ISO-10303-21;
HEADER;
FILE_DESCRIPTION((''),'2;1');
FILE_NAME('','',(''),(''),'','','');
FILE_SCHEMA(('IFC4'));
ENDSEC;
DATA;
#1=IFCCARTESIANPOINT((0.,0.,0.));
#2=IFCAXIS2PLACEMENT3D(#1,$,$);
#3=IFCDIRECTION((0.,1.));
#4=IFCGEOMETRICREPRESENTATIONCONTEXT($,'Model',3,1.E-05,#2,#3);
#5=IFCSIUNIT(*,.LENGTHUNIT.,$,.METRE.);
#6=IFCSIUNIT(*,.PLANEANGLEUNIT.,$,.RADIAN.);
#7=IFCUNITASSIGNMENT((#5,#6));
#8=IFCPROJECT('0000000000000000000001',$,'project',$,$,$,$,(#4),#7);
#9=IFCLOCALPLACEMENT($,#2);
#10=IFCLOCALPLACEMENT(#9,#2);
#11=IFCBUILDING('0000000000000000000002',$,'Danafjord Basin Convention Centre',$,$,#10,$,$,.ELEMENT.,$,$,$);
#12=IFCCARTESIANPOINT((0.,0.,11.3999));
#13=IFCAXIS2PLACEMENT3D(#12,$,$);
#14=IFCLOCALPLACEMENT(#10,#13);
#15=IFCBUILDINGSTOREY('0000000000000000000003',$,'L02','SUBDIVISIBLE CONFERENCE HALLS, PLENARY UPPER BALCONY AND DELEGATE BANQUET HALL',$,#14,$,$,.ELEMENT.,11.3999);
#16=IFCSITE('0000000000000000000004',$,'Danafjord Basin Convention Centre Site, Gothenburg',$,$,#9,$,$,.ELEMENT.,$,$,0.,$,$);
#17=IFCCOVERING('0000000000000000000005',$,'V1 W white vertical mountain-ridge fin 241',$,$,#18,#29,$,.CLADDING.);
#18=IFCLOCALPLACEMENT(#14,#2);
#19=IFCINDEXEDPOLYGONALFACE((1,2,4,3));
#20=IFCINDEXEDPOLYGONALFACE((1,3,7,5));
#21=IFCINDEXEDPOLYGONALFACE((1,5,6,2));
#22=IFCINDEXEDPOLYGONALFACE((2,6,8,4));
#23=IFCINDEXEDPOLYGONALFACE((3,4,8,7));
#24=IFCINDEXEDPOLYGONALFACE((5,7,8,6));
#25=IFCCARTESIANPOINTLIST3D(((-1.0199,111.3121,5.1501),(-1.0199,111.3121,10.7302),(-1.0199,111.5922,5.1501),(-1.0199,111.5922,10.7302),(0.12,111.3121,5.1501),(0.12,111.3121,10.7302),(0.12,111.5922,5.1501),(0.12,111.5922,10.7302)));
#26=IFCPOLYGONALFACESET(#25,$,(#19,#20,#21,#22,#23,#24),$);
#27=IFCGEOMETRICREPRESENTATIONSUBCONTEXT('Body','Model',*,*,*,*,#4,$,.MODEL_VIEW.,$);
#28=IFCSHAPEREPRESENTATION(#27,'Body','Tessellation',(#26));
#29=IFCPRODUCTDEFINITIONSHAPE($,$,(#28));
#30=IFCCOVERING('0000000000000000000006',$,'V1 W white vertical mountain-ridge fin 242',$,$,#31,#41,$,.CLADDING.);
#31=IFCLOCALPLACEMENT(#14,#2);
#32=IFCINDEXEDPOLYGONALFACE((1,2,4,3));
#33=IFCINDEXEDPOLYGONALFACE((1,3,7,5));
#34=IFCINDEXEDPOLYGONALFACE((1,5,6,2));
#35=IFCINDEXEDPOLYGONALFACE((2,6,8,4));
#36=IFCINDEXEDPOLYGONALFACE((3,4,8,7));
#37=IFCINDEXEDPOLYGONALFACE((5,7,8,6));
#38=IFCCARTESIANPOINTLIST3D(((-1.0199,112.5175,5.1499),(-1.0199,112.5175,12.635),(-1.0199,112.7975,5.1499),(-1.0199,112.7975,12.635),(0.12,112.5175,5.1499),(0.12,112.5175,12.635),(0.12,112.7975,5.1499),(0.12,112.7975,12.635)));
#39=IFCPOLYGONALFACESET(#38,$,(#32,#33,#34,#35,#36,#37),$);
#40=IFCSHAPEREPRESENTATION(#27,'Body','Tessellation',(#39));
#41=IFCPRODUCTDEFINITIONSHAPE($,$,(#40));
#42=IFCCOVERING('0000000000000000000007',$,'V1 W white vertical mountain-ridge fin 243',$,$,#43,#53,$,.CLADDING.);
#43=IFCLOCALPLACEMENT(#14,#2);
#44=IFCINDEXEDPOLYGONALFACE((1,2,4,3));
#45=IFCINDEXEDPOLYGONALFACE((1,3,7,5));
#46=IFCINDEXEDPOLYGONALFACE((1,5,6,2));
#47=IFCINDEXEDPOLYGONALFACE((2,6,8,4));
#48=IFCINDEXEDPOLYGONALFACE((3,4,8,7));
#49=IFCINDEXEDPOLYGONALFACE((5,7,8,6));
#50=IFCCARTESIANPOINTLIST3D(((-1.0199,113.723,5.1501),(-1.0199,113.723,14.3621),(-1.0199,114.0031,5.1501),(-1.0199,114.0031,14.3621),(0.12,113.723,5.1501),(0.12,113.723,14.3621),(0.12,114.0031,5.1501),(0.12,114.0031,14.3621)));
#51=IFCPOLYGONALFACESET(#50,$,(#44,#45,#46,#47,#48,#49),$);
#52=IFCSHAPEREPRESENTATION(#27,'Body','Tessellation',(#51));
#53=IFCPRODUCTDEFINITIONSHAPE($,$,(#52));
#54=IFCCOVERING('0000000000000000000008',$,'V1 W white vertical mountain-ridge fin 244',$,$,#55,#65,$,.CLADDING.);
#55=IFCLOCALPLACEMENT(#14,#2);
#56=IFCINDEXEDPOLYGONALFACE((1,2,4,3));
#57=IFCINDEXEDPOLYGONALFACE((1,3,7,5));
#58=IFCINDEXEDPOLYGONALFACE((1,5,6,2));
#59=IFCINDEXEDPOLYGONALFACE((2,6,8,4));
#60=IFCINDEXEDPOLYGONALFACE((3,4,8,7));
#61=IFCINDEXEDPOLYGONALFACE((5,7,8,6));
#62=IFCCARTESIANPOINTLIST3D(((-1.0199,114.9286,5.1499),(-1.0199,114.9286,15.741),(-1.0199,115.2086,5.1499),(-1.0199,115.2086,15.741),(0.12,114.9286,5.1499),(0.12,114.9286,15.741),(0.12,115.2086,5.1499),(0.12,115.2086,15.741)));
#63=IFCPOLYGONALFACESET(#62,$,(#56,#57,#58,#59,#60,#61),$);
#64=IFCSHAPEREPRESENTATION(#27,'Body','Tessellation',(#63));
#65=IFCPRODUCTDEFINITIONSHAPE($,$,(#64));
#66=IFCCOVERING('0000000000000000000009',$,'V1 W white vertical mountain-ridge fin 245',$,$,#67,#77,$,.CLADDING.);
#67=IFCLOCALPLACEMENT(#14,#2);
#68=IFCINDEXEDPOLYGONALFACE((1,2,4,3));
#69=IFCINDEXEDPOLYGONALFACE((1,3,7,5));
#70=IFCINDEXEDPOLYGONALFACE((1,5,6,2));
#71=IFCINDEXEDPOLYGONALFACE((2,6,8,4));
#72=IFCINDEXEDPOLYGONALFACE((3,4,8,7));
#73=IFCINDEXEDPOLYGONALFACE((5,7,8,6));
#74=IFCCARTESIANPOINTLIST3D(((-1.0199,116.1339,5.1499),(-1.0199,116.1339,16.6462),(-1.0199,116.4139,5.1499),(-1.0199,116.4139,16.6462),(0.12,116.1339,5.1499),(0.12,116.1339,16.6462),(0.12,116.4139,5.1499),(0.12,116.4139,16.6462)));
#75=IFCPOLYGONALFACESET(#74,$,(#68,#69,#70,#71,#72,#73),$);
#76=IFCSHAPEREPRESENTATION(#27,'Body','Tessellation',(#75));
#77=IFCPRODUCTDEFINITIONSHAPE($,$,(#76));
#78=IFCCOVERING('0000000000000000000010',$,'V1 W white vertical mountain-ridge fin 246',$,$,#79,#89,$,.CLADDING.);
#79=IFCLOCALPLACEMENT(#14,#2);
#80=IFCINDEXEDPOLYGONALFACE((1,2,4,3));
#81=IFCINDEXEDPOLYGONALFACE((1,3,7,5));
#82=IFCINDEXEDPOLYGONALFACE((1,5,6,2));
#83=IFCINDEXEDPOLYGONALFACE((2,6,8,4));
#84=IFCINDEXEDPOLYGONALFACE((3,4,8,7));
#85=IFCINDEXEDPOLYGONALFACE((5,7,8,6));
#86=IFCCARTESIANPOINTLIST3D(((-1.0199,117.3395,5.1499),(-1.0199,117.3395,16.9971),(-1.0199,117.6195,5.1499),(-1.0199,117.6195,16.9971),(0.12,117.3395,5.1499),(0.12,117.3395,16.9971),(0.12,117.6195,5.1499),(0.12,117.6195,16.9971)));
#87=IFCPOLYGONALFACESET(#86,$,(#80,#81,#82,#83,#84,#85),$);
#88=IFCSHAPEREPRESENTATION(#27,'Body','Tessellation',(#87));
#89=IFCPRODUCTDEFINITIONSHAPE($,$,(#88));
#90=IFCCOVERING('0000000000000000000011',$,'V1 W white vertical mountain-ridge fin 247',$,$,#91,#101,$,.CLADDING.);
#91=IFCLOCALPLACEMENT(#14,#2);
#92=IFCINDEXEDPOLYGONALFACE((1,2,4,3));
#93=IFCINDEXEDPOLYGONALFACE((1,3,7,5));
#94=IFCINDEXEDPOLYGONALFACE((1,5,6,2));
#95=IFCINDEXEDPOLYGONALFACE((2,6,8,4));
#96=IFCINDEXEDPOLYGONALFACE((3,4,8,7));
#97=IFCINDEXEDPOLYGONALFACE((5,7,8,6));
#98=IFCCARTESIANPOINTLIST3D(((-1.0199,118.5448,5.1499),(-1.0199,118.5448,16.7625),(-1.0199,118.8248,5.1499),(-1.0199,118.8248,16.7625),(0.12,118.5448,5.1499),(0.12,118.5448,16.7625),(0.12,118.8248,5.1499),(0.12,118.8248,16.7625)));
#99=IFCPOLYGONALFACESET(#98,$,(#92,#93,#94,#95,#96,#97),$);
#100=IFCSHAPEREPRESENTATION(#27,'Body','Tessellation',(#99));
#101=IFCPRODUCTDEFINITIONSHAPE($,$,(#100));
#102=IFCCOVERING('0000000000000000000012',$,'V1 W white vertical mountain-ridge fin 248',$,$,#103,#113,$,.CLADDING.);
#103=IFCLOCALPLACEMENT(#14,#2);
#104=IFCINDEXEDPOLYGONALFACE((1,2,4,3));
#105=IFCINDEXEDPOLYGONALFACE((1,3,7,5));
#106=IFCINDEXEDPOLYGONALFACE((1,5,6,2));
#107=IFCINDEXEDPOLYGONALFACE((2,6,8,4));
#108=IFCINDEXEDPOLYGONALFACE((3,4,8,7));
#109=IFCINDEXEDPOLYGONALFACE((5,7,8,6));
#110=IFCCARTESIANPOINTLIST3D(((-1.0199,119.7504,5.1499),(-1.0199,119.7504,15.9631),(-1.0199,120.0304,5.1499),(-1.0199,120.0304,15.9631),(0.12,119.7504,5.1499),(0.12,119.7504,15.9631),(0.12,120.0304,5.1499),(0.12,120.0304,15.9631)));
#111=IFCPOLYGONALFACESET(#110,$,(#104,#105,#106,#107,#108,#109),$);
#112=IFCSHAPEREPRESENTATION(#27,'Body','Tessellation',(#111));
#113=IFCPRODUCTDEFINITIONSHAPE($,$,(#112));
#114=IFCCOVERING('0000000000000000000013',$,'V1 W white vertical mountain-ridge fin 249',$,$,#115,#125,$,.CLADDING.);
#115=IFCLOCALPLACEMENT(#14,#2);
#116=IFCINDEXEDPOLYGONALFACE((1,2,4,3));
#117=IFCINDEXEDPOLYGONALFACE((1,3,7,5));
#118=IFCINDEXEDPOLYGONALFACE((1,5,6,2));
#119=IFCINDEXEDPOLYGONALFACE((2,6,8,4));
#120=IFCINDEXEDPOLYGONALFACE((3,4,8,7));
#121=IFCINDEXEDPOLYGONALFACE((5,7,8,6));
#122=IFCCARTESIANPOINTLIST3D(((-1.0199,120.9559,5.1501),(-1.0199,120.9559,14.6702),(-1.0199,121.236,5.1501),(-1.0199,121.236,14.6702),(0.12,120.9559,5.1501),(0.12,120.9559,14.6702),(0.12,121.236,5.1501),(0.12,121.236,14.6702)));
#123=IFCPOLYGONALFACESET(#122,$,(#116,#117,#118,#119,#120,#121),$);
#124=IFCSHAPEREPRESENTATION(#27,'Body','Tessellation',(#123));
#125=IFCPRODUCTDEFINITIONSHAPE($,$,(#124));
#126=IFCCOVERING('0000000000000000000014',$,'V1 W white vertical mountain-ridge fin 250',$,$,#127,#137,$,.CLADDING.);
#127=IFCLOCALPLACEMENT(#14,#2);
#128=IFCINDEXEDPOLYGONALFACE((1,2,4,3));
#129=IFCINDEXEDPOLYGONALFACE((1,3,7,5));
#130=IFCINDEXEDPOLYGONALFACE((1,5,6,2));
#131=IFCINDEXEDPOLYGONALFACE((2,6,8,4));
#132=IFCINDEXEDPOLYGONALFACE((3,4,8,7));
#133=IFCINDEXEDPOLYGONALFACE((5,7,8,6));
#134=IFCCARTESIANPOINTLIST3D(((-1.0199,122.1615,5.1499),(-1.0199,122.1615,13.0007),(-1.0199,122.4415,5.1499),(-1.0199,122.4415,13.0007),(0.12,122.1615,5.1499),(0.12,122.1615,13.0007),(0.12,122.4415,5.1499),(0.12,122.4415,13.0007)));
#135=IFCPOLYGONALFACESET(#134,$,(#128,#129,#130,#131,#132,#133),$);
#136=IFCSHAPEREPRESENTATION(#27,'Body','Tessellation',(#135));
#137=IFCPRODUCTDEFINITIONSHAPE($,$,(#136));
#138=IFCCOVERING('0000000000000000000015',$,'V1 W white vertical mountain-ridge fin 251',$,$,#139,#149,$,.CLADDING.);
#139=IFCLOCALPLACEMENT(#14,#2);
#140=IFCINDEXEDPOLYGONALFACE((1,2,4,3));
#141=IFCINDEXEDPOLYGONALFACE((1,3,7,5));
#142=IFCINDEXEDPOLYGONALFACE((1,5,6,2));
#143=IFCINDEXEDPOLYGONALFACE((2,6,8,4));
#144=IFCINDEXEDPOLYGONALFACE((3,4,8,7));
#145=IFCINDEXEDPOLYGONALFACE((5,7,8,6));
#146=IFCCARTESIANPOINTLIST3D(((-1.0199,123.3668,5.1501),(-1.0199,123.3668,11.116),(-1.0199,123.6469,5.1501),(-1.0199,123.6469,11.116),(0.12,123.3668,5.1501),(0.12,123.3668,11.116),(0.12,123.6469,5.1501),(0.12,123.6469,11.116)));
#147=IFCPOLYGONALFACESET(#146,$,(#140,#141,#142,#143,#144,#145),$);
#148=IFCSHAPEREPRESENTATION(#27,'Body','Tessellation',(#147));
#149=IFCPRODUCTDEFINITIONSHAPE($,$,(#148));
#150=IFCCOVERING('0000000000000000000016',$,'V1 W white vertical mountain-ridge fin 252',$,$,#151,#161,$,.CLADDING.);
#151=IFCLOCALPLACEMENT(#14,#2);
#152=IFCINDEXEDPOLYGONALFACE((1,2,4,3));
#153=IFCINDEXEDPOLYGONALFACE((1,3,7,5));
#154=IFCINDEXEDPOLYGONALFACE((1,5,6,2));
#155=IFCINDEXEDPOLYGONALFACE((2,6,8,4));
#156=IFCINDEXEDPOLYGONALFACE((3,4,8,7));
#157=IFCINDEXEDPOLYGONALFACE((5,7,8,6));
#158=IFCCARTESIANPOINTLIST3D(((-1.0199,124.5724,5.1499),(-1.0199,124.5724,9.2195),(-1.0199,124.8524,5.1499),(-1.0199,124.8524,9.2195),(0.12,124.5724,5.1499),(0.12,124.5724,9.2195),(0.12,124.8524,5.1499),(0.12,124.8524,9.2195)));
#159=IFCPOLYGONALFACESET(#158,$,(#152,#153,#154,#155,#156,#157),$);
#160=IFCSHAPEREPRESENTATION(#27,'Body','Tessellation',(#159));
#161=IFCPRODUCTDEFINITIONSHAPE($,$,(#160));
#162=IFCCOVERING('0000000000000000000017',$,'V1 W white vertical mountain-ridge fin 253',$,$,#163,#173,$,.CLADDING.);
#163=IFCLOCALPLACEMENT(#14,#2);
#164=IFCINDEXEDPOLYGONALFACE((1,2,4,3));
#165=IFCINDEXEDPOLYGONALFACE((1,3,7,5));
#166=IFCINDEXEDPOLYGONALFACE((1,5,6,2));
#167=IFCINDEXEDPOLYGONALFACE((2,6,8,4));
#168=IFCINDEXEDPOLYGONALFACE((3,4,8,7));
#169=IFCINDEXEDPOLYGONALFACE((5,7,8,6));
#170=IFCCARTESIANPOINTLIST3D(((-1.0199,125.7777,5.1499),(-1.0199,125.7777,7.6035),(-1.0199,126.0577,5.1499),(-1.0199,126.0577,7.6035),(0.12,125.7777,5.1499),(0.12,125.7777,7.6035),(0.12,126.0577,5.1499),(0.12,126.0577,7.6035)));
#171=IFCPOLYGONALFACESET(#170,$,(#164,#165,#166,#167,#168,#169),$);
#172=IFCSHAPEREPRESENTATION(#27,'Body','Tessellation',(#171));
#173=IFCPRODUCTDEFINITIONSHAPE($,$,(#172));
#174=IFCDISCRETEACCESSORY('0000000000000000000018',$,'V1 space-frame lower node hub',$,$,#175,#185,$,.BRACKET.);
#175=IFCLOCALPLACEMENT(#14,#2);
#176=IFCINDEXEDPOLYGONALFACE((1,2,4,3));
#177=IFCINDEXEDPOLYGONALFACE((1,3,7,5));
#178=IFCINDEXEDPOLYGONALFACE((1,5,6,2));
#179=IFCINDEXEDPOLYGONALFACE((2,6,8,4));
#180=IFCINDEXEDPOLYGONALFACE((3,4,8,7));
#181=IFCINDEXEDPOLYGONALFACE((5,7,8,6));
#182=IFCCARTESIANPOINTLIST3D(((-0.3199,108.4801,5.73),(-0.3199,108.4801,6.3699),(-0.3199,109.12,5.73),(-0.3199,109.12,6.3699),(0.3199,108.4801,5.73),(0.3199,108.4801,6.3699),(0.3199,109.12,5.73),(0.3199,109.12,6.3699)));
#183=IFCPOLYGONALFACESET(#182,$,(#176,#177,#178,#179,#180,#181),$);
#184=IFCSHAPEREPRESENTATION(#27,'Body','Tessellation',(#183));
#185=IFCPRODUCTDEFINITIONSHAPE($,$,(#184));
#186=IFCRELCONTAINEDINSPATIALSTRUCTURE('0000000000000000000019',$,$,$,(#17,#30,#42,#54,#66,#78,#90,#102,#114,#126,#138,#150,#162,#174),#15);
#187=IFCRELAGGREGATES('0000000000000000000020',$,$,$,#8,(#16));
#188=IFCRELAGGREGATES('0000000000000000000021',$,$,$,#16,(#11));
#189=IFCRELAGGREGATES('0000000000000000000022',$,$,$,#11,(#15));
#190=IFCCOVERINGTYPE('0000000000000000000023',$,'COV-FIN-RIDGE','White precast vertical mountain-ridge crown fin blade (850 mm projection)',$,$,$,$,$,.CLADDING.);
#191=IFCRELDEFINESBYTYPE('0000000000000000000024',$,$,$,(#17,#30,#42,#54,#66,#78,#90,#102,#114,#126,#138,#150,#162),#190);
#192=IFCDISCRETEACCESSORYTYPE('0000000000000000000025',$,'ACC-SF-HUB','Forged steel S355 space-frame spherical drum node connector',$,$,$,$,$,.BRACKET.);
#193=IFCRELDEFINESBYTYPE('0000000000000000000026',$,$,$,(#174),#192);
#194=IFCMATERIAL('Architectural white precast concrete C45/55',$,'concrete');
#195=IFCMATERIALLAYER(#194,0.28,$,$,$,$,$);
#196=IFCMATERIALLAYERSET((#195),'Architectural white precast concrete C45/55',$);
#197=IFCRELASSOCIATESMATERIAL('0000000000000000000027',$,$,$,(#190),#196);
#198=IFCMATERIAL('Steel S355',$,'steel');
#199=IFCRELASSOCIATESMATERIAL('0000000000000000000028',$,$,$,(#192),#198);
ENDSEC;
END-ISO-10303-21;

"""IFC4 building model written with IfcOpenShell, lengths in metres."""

from ifc_helpers import new_model, si_unit, direction, frame, origin, origin_2d, place, context, subcontext, project, spatial, rectangle, extrude, material, layer, layer_set, type_object, element, save


model = new_model("IFC4")

# Units and contexts
model_context = context("Model", 3, precision=1e-05, world=origin(), true_north=direction((0.0, 1.0)))
body_context = subcontext(model_context, "Body", "Model", "MODEL_VIEW")
ifc_project = project(units=[si_unit("LENGTHUNIT", "METRE"), si_unit("PLANEANGLEUNIT", "RADIAN")], contexts=[model_context])

# Site, building, storey
site_placement = place(None, origin())
site = spatial("IfcSite", under=ifc_project, at=site_placement, Name="Danafjord Basin Convention Centre Site, Gothenburg", CompositionType="ELEMENT", RefElevation=0.0)
building_placement = place(site_placement, origin())
building = spatial("IfcBuilding", under=site, at=building_placement, Name="Danafjord Basin Convention Centre", CompositionType="ELEMENT")
storey_placement = place(building_placement, frame((0.0, 0.0, 11.3999)))
storey = spatial("IfcBuildingStorey", under=building, at=storey_placement, Name="L02", Description="SUBDIVISIBLE CONFERENCE HALLS, PLENARY UPPER BALCONY AND DELEGATE BANQUET HALL", CompositionType="ELEMENT", Elevation=11.3999)

# Shared definitions
ifc_material_1 = material(Name="Steel S355", Category="steel")

# Coverings
ifc_material_2 = material(Name="Architectural white precast concrete C45/55", Category="concrete")
ifc_layer = layer(ifc_material_2, 0.28)
ifc_layer_set = layer_set([ifc_layer], Name="Architectural white precast concrete C45/55")
covering_type = type_object("IfcCoveringType", Name="COV-FIN-RIDGE", Description="White precast vertical mountain-ridge crown fin blade (850 mm projection)", PredefinedType="CLADDING", material=ifc_layer_set)
covering_1_placement = place(storey_placement, frame((-0.45, 111.4521, 5.1501), z_axis=(0.0, 0.0, 1.0), x_axis=(1.0, 0.0, 0.0)))
element("IfcCovering", 1, at=covering_1_placement, inside=storey, type_object=covering_type, Name="V1 W white vertical mountain-ridge fin 241", PredefinedType="CLADDING", context=body_context, shape_type="SweptSolid", body=[
    extrude(rectangle(XDim=1.1399, YDim=0.28, at=origin_2d()), origin(), (0.0, 0.0, 1.0), 5.5801),
])
covering_2_placement = place(storey_placement, frame((-0.45, 112.6575, 5.1499), z_axis=(0.0, 0.0, 1.0), x_axis=(1.0, 0.0, 0.0)))
element("IfcCovering", 2, at=covering_2_placement, inside=storey, type_object=covering_type, Name="V1 W white vertical mountain-ridge fin 242", PredefinedType="CLADDING", context=body_context, shape_type="SweptSolid", body=[
    extrude(rectangle(XDim=1.1399, YDim=0.28, at=origin_2d()), origin(), (0.0, 0.0, 1.0), 7.4851),
])
covering_3_placement = place(storey_placement, frame((-0.45, 113.863, 5.1501), z_axis=(0.0, 0.0, 1.0), x_axis=(1.0, 0.0, 0.0)))
element("IfcCovering", 3, at=covering_3_placement, inside=storey, type_object=covering_type, Name="V1 W white vertical mountain-ridge fin 243", PredefinedType="CLADDING", context=body_context, shape_type="SweptSolid", body=[
    extrude(rectangle(XDim=1.1399, YDim=0.28, at=origin_2d()), origin(), (0.0, 0.0, 1.0), 9.2119),
])
covering_4_placement = place(storey_placement, frame((-0.45, 115.0686, 5.1499), z_axis=(0.0, 0.0, 1.0), x_axis=(1.0, 0.0, 0.0)))
element("IfcCovering", 4, at=covering_4_placement, inside=storey, type_object=covering_type, Name="V1 W white vertical mountain-ridge fin 244", PredefinedType="CLADDING", context=body_context, shape_type="SweptSolid", body=[
    extrude(rectangle(XDim=1.1399, YDim=0.28, at=origin_2d()), origin(), (0.0, 0.0, 1.0), 10.5911),
])
covering_5_placement = place(storey_placement, frame((-0.45, 116.2739, 5.1499), z_axis=(0.0, 0.0, 1.0), x_axis=(1.0, 0.0, 0.0)))
element("IfcCovering", 5, at=covering_5_placement, inside=storey, type_object=covering_type, Name="V1 W white vertical mountain-ridge fin 245", PredefinedType="CLADDING", context=body_context, shape_type="SweptSolid", body=[
    extrude(rectangle(XDim=1.1399, YDim=0.28, at=origin_2d()), origin(), (0.0, 0.0, 1.0), 11.4963),
])
covering_6_placement = place(storey_placement, frame((-0.45, 117.4795, 5.1499), z_axis=(0.0, 0.0, 1.0), x_axis=(1.0, 0.0, 0.0)))
element("IfcCovering", 6, at=covering_6_placement, inside=storey, type_object=covering_type, Name="V1 W white vertical mountain-ridge fin 246", PredefinedType="CLADDING", context=body_context, shape_type="SweptSolid", body=[
    extrude(rectangle(XDim=1.1399, YDim=0.28, at=origin_2d()), origin(), (0.0, 0.0, 1.0), 11.8472),
])
covering_7_placement = place(storey_placement, frame((-0.45, 118.6848, 5.1499), z_axis=(0.0, 0.0, 1.0), x_axis=(1.0, 0.0, 0.0)))
element("IfcCovering", 7, at=covering_7_placement, inside=storey, type_object=covering_type, Name="V1 W white vertical mountain-ridge fin 247", PredefinedType="CLADDING", context=body_context, shape_type="SweptSolid", body=[
    extrude(rectangle(XDim=1.1399, YDim=0.28, at=origin_2d()), origin(), (0.0, 0.0, 1.0), 11.6125),
])
covering_8_placement = place(storey_placement, frame((-0.45, 119.8904, 5.1499), z_axis=(0.0, 0.0, 1.0), x_axis=(1.0, 0.0, 0.0)))
element("IfcCovering", 8, at=covering_8_placement, inside=storey, type_object=covering_type, Name="V1 W white vertical mountain-ridge fin 248", PredefinedType="CLADDING", context=body_context, shape_type="SweptSolid", body=[
    extrude(rectangle(XDim=1.1399, YDim=0.28, at=origin_2d()), origin(), (0.0, 0.0, 1.0), 10.8132),
])
covering_9_placement = place(storey_placement, frame((-0.45, 121.0959, 5.1501), z_axis=(0.0, 0.0, 1.0), x_axis=(1.0, 0.0, 0.0)))
element("IfcCovering", 9, at=covering_9_placement, inside=storey, type_object=covering_type, Name="V1 W white vertical mountain-ridge fin 249", PredefinedType="CLADDING", context=body_context, shape_type="SweptSolid", body=[
    extrude(rectangle(XDim=1.1399, YDim=0.28, at=origin_2d()), origin(), (0.0, 0.0, 1.0), 9.52),
])
covering_10_placement = place(storey_placement, frame((-0.45, 122.3015, 5.1499), z_axis=(0.0, 0.0, 1.0), x_axis=(1.0, 0.0, 0.0)))
element("IfcCovering", 10, at=covering_10_placement, inside=storey, type_object=covering_type, Name="V1 W white vertical mountain-ridge fin 250", PredefinedType="CLADDING", context=body_context, shape_type="SweptSolid", body=[
    extrude(rectangle(XDim=1.1399, YDim=0.28, at=origin_2d()), origin(), (0.0, 0.0, 1.0), 7.8508),
])
covering_11_placement = place(storey_placement, frame((-0.45, 123.5068, 5.1501), z_axis=(0.0, 0.0, 1.0), x_axis=(1.0, 0.0, 0.0)))
element("IfcCovering", 11, at=covering_11_placement, inside=storey, type_object=covering_type, Name="V1 W white vertical mountain-ridge fin 251", PredefinedType="CLADDING", context=body_context, shape_type="SweptSolid", body=[
    extrude(rectangle(XDim=1.1399, YDim=0.28, at=origin_2d()), origin(), (0.0, 0.0, 1.0), 5.9658),
])
covering_12_placement = place(storey_placement, frame((-0.45, 124.7124, 5.1499), z_axis=(0.0, 0.0, 1.0), x_axis=(1.0, 0.0, 0.0)))
element("IfcCovering", 12, at=covering_12_placement, inside=storey, type_object=covering_type, Name="V1 W white vertical mountain-ridge fin 252", PredefinedType="CLADDING", context=body_context, shape_type="SweptSolid", body=[
    extrude(rectangle(XDim=1.1399, YDim=0.28, at=origin_2d()), origin(), (0.0, 0.0, 1.0), 4.0696),
])
covering_13_placement = place(storey_placement, frame((-0.45, 125.9177, 5.1499), z_axis=(0.0, 0.0, 1.0), x_axis=(1.0, 0.0, 0.0)))
element("IfcCovering", 13, at=covering_13_placement, inside=storey, type_object=covering_type, Name="V1 W white vertical mountain-ridge fin 253", PredefinedType="CLADDING", context=body_context, shape_type="SweptSolid", body=[
    extrude(rectangle(XDim=1.1399, YDim=0.28, at=origin_2d()), origin(), (0.0, 0.0, 1.0), 2.4536),
])

# Discrete accessory
discrete_accessory_type = type_object("IfcDiscreteAccessoryType", Name="ACC-SF-HUB", Description="Forged steel S355 space-frame spherical drum node connector", PredefinedType="BRACKET", material=ifc_material_1)
discrete_accessory_placement = place(storey_placement, frame((0.0, 108.8, 5.73), z_axis=(0.0, 0.0, 1.0), x_axis=(1.0, 0.0, 0.0)))
element("IfcDiscreteAccessory", 14, at=discrete_accessory_placement, inside=storey, type_object=discrete_accessory_type, Name="V1 space-frame lower node hub", PredefinedType="BRACKET", context=body_context, shape_type="SweptSolid", body=[
    extrude(rectangle(XDim=0.6399, YDim=0.6399, at=origin_2d()), origin(), (0.0, 0.0, 1.0), 0.6399),
])

save(model, "model.ifc")
